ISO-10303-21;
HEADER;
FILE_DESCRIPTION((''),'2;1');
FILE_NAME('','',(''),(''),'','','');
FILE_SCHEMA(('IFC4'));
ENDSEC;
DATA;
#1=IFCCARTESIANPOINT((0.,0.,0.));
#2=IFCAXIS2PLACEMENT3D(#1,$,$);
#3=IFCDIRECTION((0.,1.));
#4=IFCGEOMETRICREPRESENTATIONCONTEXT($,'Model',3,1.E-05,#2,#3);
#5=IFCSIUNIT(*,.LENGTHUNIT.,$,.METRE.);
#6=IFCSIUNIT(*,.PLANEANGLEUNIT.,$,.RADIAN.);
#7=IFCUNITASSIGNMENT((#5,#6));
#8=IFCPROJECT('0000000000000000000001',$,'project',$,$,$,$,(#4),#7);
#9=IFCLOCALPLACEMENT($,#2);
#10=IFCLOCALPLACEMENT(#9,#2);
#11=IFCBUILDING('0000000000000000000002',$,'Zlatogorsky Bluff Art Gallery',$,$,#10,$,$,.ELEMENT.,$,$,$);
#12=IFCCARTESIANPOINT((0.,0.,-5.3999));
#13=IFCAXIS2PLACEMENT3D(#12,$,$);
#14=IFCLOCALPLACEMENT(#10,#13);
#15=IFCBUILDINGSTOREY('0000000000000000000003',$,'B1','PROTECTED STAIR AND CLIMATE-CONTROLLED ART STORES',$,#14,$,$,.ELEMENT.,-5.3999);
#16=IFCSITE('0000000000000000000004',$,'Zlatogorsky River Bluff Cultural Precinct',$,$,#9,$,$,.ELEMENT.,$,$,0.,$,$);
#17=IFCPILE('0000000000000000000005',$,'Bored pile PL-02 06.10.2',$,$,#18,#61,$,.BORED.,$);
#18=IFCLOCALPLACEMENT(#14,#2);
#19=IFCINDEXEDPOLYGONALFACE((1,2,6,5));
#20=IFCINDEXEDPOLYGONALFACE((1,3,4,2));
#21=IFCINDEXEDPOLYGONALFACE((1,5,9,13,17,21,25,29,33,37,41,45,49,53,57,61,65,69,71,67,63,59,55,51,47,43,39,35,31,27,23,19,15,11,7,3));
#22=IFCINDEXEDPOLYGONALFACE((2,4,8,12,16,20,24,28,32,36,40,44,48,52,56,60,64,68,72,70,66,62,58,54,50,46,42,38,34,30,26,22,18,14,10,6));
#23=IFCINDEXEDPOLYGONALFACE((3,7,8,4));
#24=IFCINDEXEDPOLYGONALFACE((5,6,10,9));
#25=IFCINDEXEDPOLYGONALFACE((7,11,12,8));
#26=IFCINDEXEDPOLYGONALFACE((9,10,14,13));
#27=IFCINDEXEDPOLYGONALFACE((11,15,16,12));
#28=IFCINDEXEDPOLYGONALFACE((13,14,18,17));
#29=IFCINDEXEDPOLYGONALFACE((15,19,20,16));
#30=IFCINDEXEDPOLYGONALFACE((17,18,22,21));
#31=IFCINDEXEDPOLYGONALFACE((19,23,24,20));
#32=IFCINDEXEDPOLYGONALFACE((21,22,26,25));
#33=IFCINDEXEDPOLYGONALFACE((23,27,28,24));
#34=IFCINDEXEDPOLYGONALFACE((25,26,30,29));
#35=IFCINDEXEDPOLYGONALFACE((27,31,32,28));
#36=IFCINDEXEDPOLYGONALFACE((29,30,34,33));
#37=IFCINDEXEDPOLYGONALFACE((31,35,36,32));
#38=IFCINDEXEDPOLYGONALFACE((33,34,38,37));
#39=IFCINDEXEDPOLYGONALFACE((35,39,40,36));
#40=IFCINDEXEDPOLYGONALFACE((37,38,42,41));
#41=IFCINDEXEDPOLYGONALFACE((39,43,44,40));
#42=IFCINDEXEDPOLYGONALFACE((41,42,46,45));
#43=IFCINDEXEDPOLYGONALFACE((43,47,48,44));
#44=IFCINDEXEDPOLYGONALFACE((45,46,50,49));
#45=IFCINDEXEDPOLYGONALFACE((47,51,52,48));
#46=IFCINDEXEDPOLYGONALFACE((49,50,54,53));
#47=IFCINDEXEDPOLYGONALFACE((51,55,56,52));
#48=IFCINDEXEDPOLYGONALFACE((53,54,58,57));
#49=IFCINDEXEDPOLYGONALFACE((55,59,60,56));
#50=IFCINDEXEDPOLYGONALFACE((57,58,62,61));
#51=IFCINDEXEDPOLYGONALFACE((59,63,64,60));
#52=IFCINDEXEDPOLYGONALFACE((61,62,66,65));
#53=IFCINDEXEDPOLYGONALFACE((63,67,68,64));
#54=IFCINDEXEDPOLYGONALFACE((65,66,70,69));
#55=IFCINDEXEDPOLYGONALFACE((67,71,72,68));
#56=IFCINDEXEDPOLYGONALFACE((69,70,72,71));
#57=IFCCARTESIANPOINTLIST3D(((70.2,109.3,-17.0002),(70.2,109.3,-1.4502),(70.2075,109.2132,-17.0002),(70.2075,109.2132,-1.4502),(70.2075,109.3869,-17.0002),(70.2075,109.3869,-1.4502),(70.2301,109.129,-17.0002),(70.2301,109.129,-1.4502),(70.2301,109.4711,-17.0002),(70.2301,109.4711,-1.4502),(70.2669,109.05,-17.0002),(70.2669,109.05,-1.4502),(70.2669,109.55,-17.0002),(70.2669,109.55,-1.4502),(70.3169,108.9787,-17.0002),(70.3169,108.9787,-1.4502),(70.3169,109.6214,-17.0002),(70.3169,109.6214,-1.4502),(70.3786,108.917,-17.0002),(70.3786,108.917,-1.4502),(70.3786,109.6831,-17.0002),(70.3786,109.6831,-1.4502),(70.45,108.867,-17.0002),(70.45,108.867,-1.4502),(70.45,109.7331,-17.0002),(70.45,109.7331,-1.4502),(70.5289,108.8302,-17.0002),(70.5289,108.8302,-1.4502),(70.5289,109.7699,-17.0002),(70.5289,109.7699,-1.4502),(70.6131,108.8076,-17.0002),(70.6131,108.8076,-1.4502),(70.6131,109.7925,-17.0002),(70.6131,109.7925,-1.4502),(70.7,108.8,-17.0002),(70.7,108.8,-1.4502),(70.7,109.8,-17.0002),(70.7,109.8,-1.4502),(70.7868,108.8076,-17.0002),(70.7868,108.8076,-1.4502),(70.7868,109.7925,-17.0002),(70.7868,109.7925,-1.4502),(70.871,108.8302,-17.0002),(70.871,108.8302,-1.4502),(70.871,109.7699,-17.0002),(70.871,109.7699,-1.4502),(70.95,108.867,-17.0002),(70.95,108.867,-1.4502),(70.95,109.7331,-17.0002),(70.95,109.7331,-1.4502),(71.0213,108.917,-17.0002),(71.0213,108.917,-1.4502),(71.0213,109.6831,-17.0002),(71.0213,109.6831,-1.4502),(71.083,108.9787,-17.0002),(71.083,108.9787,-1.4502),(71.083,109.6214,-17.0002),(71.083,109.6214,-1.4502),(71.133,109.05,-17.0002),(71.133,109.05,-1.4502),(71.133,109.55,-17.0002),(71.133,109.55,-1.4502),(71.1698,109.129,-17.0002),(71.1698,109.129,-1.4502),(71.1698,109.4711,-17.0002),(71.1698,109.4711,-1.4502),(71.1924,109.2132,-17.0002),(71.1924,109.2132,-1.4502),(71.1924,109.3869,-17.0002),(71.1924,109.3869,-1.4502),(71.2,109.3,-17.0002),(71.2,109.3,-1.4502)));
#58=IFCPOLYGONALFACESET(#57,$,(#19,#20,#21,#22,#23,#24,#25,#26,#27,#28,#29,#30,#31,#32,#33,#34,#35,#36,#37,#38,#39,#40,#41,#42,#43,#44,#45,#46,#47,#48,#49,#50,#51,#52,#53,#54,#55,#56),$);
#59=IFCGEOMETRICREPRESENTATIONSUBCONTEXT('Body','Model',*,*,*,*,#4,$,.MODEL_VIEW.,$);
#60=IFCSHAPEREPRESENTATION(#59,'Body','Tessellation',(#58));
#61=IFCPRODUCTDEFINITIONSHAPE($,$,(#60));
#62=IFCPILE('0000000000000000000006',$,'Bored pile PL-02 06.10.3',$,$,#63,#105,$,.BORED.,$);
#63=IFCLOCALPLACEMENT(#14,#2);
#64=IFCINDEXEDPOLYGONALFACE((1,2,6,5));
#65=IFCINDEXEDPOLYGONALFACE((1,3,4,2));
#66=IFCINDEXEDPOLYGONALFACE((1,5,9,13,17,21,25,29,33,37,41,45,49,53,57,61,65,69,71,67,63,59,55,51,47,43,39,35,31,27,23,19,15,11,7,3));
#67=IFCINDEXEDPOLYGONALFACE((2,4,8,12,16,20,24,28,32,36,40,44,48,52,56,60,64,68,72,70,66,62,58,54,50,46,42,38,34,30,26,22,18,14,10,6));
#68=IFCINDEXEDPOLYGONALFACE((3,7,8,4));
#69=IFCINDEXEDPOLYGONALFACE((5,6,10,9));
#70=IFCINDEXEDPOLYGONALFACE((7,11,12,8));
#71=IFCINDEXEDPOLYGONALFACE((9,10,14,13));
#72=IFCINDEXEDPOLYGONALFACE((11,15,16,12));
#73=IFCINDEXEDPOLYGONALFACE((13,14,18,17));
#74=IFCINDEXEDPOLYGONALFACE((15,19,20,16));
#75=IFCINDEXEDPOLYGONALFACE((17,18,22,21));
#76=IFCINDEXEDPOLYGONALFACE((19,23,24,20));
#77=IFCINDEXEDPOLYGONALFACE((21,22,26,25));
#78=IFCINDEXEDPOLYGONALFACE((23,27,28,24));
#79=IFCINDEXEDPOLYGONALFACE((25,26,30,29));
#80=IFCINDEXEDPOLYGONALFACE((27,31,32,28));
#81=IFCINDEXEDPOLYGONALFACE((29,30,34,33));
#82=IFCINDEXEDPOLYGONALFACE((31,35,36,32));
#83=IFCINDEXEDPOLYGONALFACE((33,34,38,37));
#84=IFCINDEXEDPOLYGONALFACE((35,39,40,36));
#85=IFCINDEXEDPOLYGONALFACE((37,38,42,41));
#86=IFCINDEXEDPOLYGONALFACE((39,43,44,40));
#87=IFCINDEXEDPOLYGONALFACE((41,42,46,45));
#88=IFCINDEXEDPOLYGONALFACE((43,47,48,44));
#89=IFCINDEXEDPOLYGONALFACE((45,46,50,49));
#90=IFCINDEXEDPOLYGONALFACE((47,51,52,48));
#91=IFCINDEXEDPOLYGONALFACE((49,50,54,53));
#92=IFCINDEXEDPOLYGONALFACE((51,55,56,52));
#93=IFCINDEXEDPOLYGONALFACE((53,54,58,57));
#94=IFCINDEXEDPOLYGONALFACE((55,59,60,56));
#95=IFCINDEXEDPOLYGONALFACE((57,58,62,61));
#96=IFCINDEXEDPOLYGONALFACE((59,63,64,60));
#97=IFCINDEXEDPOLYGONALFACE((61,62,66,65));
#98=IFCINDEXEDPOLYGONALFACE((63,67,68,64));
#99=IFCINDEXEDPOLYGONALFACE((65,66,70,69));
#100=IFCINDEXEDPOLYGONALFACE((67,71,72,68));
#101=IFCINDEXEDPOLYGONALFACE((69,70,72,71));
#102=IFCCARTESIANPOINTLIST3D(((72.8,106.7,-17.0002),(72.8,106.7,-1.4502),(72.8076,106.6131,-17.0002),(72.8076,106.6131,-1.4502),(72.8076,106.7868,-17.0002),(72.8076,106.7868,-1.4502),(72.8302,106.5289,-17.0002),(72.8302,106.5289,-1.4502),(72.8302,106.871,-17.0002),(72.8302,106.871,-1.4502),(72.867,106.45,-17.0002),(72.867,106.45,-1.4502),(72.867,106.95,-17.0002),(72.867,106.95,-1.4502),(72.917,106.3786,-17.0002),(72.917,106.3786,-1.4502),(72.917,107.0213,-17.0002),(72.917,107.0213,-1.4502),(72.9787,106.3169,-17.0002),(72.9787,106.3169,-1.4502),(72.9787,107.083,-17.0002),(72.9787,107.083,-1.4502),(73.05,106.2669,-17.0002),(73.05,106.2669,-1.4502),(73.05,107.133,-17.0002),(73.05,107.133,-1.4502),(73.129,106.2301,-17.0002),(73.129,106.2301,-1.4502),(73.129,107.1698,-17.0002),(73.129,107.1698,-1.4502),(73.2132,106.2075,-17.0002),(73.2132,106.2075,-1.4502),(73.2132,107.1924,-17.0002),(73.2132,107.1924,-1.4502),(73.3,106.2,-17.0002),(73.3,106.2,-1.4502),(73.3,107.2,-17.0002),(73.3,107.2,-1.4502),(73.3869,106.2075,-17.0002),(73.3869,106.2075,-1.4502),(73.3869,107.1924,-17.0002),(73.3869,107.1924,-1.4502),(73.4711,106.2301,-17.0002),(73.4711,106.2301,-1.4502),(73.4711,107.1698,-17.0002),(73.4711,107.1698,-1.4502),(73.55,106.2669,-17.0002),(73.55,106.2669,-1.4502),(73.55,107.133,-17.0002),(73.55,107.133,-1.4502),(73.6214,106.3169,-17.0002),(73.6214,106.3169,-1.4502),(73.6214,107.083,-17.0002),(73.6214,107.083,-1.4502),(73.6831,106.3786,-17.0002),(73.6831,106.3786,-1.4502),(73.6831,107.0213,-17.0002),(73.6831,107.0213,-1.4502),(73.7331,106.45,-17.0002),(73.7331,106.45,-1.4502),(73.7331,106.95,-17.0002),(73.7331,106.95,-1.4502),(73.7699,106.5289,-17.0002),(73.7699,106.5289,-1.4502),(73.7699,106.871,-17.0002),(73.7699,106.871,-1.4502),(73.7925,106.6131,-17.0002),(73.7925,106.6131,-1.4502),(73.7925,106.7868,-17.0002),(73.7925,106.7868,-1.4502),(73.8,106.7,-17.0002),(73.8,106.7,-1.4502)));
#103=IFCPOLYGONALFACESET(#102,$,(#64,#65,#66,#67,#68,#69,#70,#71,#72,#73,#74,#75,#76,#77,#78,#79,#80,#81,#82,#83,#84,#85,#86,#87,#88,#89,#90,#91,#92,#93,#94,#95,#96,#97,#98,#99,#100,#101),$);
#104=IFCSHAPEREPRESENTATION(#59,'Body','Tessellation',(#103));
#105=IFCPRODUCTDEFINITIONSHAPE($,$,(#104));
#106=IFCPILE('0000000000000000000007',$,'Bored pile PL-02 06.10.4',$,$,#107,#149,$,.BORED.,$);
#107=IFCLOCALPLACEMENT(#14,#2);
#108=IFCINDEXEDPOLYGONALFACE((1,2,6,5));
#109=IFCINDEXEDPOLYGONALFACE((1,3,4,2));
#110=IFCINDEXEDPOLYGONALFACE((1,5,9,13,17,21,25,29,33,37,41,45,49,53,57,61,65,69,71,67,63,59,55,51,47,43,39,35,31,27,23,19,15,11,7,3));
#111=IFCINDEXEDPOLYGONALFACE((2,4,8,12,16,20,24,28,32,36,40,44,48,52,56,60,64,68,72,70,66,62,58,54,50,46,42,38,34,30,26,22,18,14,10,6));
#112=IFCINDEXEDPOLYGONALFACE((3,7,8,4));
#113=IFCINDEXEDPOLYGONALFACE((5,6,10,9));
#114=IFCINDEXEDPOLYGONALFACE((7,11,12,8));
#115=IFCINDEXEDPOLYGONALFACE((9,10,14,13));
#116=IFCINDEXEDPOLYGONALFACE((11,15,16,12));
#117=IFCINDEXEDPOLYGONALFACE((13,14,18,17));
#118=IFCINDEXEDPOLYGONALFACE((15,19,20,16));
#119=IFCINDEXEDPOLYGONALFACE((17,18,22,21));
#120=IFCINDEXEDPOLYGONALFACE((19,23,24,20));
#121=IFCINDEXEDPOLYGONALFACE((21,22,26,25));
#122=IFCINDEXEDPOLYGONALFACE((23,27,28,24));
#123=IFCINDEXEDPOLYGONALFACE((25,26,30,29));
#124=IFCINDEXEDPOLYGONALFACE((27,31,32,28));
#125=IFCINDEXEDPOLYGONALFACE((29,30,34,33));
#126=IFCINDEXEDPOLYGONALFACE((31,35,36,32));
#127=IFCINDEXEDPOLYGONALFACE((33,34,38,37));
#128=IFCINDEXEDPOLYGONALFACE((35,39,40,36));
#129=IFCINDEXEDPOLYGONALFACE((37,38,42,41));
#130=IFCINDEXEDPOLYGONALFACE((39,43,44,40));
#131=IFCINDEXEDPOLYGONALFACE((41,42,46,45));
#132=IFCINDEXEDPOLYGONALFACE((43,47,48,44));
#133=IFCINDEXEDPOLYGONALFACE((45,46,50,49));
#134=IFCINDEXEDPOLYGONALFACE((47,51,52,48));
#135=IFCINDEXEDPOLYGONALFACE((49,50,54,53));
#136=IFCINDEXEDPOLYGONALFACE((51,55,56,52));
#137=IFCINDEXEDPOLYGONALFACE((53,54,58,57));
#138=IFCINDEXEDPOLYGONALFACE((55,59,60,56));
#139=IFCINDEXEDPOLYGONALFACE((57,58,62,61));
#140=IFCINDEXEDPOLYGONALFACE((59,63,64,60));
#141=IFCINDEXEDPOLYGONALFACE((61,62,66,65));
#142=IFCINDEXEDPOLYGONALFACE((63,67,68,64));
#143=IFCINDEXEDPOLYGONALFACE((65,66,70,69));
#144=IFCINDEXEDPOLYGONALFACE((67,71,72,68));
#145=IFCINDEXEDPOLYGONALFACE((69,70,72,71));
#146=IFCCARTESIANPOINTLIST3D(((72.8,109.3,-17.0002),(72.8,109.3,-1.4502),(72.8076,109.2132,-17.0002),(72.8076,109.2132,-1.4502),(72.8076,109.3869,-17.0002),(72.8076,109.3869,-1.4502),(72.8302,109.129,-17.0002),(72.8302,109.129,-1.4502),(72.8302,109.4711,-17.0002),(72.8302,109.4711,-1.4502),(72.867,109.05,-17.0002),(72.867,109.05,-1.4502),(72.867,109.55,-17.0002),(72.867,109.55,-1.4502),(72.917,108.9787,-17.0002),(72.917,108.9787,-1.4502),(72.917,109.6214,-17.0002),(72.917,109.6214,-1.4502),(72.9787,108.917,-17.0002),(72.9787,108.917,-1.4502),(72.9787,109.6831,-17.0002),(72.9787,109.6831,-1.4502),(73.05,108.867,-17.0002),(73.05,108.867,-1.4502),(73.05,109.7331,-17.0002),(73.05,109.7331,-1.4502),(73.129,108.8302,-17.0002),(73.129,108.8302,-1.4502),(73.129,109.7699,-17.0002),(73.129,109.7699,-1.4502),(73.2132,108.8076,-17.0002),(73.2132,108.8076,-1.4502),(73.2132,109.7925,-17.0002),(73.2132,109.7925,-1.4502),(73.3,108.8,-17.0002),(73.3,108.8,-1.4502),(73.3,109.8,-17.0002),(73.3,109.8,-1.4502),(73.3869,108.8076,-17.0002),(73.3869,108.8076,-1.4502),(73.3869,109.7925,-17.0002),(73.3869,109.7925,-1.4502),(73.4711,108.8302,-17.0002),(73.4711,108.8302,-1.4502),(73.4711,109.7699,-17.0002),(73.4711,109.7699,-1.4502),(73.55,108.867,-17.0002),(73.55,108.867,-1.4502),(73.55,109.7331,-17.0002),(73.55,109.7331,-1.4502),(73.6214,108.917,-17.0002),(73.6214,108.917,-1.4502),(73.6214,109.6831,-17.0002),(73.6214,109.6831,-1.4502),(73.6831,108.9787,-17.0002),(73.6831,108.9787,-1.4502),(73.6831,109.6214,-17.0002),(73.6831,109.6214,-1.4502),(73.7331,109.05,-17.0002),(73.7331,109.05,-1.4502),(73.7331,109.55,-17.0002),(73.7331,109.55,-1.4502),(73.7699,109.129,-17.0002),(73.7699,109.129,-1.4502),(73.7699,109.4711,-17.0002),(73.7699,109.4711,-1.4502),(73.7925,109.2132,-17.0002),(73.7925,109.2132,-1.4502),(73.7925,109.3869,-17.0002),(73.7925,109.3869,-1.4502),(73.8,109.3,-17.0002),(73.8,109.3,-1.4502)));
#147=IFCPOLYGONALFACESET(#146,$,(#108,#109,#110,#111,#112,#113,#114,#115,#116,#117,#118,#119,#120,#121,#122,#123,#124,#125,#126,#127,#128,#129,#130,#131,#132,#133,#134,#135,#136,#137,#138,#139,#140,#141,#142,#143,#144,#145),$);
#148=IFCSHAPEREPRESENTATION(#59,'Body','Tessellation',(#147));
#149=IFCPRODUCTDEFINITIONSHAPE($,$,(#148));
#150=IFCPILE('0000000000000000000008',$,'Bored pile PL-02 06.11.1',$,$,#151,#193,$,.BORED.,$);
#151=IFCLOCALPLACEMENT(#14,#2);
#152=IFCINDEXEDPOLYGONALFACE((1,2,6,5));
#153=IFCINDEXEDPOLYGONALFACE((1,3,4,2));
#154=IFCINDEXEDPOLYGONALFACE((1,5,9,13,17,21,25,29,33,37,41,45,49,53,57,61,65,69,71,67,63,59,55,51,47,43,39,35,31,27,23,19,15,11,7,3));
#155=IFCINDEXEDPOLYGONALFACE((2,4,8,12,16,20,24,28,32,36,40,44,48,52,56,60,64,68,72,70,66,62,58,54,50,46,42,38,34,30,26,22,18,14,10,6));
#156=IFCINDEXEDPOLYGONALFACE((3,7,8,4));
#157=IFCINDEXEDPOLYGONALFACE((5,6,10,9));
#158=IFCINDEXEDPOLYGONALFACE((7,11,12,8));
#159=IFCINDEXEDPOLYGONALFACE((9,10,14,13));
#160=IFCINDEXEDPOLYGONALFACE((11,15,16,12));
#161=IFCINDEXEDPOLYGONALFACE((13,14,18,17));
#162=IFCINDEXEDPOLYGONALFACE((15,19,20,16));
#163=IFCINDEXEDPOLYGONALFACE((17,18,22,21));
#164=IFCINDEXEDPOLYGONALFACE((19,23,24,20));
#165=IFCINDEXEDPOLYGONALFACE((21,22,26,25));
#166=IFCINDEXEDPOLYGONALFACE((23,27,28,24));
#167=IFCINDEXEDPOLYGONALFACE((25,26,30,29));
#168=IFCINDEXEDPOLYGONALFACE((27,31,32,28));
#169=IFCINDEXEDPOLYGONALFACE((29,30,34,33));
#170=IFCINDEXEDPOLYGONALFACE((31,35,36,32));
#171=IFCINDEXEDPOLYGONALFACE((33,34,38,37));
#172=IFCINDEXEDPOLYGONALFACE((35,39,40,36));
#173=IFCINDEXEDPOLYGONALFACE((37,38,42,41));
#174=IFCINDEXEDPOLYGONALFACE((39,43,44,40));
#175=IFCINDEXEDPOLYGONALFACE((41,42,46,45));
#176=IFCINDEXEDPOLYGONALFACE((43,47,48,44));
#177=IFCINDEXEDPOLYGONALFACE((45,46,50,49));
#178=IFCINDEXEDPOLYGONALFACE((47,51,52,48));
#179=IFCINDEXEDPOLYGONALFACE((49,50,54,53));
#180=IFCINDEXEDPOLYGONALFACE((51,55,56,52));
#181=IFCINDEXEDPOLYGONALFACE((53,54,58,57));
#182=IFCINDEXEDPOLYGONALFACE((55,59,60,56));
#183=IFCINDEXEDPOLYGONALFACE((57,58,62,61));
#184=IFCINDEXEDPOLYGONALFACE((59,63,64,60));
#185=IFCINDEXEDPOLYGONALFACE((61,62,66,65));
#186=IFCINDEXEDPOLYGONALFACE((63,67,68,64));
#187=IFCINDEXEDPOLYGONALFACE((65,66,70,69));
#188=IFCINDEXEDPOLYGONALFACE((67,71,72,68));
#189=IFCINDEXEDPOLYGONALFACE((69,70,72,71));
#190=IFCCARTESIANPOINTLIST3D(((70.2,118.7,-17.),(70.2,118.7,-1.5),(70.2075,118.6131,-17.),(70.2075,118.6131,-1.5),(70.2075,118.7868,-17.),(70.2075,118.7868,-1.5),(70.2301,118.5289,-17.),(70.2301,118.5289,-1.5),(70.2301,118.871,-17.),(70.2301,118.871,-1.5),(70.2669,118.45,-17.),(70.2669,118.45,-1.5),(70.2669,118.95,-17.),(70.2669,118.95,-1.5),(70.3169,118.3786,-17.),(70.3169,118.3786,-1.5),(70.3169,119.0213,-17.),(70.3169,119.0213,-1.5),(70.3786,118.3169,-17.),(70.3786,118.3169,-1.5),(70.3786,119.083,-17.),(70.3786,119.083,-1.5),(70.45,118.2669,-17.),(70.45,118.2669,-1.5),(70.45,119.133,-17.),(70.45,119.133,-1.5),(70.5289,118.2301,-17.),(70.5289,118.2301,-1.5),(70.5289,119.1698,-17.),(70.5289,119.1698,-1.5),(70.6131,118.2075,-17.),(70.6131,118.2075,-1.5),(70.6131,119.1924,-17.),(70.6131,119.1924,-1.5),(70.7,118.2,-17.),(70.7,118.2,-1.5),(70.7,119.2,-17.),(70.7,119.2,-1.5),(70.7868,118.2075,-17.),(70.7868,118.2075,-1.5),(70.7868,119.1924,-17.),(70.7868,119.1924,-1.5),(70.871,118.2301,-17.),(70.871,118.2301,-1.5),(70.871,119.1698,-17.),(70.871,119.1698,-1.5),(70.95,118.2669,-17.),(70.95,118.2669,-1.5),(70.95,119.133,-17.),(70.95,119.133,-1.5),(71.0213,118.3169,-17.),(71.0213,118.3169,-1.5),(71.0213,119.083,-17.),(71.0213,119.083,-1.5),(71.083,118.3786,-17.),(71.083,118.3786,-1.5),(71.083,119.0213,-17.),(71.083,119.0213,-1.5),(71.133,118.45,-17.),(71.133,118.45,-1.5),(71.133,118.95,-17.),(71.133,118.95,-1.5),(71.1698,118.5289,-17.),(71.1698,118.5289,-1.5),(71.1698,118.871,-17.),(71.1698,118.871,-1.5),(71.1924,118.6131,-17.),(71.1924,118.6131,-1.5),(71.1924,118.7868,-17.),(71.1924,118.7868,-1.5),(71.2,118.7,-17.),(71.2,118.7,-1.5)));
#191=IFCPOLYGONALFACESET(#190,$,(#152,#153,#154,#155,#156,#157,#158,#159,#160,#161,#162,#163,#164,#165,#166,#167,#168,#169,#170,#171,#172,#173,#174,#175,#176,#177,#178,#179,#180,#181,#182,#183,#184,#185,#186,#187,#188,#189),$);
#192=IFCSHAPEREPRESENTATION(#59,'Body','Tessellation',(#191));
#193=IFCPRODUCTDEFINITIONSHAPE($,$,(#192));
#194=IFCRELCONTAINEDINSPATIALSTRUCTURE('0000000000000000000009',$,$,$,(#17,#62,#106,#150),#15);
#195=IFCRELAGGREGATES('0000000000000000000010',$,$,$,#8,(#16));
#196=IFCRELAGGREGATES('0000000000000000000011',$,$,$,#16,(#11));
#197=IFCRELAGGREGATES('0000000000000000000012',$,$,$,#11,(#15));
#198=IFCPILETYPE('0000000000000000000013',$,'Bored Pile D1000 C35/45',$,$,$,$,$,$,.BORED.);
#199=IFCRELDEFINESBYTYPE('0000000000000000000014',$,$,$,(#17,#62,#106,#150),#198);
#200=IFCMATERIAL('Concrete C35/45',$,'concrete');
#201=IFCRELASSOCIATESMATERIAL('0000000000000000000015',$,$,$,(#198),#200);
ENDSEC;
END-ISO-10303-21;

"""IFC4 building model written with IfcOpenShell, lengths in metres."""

from ifc_helpers import new_model, si_unit, direction, frame, origin, origin_2d, place, context, subcontext, project, spatial, circle, extrude, material, material_profile, profile_set, type_object, element, save


model = new_model("IFC4")

# Units and contexts
model_context = context("Model", 3, precision=1e-05, world=origin(), true_north=direction((0.0, 1.0)))
body_context = subcontext(model_context, "Body", "Model", "MODEL_VIEW")
ifc_project = project(units=[si_unit("LENGTHUNIT", "METRE"), si_unit("PLANEANGLEUNIT", "RADIAN")], contexts=[model_context])

# Site, building, storey
site_placement = place(None, origin())
site = spatial("IfcSite", under=ifc_project, at=site_placement, Name="Zlatogorsky River Bluff Cultural Precinct", CompositionType="ELEMENT", RefElevation=0.0)
building_placement = place(site_placement, origin())
building = spatial("IfcBuilding", under=site, at=building_placement, Name="Zlatogorsky Bluff Art Gallery", CompositionType="ELEMENT")
storey_placement = place(building_placement, frame((0.0, 0.0, -5.3999)))
storey = spatial("IfcBuildingStorey", under=building, at=storey_placement, Name="B1", Description="PROTECTED STAIR AND CLIMATE-CONTROLLED ART STORES", CompositionType="ELEMENT", Elevation=-5.3999)

# Piles
ifc_material_1 = material(Name="Concrete C35/45", Category="concrete")
ifc_material_profile_1 = material_profile(ifc_material_1, circle(Radius=0.5, at=origin_2d()), Name="BORED PILE D1000")
ifc_profile_set_1 = profile_set([ifc_material_profile_1], Name="Concrete C35/45")
pile_type = type_object("IfcPileType", Name="Bored Pile D1000 C35/45", PredefinedType="BORED", material=ifc_profile_set_1)
for number, where, z_axis, x_axis, name in (
    (1, (70.7, 109.3, -1.4502), (0.0, 0.0, -1.0), (1.0, 0.0, 0.0), "Bored pile PL-02 06.10.2"),
    (2, (73.3, 106.7, -1.4502), (0.0, 0.0, -1.0), (1.0, 0.0, 0.0), "Bored pile PL-02 06.10.3"),
    (3, (73.3, 109.3, -1.4502), (0.0, 0.0, -1.0), (1.0, 0.0, 0.0), "Bored pile PL-02 06.10.4"),
):
    element("IfcPile", number, at=place(storey_placement, frame(where, z_axis=z_axis, x_axis=x_axis)), inside=storey, type_object=pile_type, Name=name, PredefinedType="BORED", context=body_context, shape_type="SweptSolid", body=[
        extrude(circle(Radius=0.5, at=origin_2d()), origin(), (0.0, 0.0, 1.0), 15.55),
    ])
for number, where, z_axis, x_axis, name in (
    (4, (70.7, 118.7, -1.5), (0.0, 0.0, -1.0), (1.0, 0.0, 0.0), "Bored pile PL-02 06.11.1"),
):
    element("IfcPile", number, at=place(storey_placement, frame(where, z_axis=z_axis, x_axis=x_axis)), inside=storey, type_object=pile_type, Name=name, PredefinedType="BORED", context=body_context, shape_type="SweptSolid", body=[
        extrude(circle(Radius=0.5, at=origin_2d()), origin(), (0.0, 0.0, 1.0), 15.5),
    ])

save(model, "model.ifc")
